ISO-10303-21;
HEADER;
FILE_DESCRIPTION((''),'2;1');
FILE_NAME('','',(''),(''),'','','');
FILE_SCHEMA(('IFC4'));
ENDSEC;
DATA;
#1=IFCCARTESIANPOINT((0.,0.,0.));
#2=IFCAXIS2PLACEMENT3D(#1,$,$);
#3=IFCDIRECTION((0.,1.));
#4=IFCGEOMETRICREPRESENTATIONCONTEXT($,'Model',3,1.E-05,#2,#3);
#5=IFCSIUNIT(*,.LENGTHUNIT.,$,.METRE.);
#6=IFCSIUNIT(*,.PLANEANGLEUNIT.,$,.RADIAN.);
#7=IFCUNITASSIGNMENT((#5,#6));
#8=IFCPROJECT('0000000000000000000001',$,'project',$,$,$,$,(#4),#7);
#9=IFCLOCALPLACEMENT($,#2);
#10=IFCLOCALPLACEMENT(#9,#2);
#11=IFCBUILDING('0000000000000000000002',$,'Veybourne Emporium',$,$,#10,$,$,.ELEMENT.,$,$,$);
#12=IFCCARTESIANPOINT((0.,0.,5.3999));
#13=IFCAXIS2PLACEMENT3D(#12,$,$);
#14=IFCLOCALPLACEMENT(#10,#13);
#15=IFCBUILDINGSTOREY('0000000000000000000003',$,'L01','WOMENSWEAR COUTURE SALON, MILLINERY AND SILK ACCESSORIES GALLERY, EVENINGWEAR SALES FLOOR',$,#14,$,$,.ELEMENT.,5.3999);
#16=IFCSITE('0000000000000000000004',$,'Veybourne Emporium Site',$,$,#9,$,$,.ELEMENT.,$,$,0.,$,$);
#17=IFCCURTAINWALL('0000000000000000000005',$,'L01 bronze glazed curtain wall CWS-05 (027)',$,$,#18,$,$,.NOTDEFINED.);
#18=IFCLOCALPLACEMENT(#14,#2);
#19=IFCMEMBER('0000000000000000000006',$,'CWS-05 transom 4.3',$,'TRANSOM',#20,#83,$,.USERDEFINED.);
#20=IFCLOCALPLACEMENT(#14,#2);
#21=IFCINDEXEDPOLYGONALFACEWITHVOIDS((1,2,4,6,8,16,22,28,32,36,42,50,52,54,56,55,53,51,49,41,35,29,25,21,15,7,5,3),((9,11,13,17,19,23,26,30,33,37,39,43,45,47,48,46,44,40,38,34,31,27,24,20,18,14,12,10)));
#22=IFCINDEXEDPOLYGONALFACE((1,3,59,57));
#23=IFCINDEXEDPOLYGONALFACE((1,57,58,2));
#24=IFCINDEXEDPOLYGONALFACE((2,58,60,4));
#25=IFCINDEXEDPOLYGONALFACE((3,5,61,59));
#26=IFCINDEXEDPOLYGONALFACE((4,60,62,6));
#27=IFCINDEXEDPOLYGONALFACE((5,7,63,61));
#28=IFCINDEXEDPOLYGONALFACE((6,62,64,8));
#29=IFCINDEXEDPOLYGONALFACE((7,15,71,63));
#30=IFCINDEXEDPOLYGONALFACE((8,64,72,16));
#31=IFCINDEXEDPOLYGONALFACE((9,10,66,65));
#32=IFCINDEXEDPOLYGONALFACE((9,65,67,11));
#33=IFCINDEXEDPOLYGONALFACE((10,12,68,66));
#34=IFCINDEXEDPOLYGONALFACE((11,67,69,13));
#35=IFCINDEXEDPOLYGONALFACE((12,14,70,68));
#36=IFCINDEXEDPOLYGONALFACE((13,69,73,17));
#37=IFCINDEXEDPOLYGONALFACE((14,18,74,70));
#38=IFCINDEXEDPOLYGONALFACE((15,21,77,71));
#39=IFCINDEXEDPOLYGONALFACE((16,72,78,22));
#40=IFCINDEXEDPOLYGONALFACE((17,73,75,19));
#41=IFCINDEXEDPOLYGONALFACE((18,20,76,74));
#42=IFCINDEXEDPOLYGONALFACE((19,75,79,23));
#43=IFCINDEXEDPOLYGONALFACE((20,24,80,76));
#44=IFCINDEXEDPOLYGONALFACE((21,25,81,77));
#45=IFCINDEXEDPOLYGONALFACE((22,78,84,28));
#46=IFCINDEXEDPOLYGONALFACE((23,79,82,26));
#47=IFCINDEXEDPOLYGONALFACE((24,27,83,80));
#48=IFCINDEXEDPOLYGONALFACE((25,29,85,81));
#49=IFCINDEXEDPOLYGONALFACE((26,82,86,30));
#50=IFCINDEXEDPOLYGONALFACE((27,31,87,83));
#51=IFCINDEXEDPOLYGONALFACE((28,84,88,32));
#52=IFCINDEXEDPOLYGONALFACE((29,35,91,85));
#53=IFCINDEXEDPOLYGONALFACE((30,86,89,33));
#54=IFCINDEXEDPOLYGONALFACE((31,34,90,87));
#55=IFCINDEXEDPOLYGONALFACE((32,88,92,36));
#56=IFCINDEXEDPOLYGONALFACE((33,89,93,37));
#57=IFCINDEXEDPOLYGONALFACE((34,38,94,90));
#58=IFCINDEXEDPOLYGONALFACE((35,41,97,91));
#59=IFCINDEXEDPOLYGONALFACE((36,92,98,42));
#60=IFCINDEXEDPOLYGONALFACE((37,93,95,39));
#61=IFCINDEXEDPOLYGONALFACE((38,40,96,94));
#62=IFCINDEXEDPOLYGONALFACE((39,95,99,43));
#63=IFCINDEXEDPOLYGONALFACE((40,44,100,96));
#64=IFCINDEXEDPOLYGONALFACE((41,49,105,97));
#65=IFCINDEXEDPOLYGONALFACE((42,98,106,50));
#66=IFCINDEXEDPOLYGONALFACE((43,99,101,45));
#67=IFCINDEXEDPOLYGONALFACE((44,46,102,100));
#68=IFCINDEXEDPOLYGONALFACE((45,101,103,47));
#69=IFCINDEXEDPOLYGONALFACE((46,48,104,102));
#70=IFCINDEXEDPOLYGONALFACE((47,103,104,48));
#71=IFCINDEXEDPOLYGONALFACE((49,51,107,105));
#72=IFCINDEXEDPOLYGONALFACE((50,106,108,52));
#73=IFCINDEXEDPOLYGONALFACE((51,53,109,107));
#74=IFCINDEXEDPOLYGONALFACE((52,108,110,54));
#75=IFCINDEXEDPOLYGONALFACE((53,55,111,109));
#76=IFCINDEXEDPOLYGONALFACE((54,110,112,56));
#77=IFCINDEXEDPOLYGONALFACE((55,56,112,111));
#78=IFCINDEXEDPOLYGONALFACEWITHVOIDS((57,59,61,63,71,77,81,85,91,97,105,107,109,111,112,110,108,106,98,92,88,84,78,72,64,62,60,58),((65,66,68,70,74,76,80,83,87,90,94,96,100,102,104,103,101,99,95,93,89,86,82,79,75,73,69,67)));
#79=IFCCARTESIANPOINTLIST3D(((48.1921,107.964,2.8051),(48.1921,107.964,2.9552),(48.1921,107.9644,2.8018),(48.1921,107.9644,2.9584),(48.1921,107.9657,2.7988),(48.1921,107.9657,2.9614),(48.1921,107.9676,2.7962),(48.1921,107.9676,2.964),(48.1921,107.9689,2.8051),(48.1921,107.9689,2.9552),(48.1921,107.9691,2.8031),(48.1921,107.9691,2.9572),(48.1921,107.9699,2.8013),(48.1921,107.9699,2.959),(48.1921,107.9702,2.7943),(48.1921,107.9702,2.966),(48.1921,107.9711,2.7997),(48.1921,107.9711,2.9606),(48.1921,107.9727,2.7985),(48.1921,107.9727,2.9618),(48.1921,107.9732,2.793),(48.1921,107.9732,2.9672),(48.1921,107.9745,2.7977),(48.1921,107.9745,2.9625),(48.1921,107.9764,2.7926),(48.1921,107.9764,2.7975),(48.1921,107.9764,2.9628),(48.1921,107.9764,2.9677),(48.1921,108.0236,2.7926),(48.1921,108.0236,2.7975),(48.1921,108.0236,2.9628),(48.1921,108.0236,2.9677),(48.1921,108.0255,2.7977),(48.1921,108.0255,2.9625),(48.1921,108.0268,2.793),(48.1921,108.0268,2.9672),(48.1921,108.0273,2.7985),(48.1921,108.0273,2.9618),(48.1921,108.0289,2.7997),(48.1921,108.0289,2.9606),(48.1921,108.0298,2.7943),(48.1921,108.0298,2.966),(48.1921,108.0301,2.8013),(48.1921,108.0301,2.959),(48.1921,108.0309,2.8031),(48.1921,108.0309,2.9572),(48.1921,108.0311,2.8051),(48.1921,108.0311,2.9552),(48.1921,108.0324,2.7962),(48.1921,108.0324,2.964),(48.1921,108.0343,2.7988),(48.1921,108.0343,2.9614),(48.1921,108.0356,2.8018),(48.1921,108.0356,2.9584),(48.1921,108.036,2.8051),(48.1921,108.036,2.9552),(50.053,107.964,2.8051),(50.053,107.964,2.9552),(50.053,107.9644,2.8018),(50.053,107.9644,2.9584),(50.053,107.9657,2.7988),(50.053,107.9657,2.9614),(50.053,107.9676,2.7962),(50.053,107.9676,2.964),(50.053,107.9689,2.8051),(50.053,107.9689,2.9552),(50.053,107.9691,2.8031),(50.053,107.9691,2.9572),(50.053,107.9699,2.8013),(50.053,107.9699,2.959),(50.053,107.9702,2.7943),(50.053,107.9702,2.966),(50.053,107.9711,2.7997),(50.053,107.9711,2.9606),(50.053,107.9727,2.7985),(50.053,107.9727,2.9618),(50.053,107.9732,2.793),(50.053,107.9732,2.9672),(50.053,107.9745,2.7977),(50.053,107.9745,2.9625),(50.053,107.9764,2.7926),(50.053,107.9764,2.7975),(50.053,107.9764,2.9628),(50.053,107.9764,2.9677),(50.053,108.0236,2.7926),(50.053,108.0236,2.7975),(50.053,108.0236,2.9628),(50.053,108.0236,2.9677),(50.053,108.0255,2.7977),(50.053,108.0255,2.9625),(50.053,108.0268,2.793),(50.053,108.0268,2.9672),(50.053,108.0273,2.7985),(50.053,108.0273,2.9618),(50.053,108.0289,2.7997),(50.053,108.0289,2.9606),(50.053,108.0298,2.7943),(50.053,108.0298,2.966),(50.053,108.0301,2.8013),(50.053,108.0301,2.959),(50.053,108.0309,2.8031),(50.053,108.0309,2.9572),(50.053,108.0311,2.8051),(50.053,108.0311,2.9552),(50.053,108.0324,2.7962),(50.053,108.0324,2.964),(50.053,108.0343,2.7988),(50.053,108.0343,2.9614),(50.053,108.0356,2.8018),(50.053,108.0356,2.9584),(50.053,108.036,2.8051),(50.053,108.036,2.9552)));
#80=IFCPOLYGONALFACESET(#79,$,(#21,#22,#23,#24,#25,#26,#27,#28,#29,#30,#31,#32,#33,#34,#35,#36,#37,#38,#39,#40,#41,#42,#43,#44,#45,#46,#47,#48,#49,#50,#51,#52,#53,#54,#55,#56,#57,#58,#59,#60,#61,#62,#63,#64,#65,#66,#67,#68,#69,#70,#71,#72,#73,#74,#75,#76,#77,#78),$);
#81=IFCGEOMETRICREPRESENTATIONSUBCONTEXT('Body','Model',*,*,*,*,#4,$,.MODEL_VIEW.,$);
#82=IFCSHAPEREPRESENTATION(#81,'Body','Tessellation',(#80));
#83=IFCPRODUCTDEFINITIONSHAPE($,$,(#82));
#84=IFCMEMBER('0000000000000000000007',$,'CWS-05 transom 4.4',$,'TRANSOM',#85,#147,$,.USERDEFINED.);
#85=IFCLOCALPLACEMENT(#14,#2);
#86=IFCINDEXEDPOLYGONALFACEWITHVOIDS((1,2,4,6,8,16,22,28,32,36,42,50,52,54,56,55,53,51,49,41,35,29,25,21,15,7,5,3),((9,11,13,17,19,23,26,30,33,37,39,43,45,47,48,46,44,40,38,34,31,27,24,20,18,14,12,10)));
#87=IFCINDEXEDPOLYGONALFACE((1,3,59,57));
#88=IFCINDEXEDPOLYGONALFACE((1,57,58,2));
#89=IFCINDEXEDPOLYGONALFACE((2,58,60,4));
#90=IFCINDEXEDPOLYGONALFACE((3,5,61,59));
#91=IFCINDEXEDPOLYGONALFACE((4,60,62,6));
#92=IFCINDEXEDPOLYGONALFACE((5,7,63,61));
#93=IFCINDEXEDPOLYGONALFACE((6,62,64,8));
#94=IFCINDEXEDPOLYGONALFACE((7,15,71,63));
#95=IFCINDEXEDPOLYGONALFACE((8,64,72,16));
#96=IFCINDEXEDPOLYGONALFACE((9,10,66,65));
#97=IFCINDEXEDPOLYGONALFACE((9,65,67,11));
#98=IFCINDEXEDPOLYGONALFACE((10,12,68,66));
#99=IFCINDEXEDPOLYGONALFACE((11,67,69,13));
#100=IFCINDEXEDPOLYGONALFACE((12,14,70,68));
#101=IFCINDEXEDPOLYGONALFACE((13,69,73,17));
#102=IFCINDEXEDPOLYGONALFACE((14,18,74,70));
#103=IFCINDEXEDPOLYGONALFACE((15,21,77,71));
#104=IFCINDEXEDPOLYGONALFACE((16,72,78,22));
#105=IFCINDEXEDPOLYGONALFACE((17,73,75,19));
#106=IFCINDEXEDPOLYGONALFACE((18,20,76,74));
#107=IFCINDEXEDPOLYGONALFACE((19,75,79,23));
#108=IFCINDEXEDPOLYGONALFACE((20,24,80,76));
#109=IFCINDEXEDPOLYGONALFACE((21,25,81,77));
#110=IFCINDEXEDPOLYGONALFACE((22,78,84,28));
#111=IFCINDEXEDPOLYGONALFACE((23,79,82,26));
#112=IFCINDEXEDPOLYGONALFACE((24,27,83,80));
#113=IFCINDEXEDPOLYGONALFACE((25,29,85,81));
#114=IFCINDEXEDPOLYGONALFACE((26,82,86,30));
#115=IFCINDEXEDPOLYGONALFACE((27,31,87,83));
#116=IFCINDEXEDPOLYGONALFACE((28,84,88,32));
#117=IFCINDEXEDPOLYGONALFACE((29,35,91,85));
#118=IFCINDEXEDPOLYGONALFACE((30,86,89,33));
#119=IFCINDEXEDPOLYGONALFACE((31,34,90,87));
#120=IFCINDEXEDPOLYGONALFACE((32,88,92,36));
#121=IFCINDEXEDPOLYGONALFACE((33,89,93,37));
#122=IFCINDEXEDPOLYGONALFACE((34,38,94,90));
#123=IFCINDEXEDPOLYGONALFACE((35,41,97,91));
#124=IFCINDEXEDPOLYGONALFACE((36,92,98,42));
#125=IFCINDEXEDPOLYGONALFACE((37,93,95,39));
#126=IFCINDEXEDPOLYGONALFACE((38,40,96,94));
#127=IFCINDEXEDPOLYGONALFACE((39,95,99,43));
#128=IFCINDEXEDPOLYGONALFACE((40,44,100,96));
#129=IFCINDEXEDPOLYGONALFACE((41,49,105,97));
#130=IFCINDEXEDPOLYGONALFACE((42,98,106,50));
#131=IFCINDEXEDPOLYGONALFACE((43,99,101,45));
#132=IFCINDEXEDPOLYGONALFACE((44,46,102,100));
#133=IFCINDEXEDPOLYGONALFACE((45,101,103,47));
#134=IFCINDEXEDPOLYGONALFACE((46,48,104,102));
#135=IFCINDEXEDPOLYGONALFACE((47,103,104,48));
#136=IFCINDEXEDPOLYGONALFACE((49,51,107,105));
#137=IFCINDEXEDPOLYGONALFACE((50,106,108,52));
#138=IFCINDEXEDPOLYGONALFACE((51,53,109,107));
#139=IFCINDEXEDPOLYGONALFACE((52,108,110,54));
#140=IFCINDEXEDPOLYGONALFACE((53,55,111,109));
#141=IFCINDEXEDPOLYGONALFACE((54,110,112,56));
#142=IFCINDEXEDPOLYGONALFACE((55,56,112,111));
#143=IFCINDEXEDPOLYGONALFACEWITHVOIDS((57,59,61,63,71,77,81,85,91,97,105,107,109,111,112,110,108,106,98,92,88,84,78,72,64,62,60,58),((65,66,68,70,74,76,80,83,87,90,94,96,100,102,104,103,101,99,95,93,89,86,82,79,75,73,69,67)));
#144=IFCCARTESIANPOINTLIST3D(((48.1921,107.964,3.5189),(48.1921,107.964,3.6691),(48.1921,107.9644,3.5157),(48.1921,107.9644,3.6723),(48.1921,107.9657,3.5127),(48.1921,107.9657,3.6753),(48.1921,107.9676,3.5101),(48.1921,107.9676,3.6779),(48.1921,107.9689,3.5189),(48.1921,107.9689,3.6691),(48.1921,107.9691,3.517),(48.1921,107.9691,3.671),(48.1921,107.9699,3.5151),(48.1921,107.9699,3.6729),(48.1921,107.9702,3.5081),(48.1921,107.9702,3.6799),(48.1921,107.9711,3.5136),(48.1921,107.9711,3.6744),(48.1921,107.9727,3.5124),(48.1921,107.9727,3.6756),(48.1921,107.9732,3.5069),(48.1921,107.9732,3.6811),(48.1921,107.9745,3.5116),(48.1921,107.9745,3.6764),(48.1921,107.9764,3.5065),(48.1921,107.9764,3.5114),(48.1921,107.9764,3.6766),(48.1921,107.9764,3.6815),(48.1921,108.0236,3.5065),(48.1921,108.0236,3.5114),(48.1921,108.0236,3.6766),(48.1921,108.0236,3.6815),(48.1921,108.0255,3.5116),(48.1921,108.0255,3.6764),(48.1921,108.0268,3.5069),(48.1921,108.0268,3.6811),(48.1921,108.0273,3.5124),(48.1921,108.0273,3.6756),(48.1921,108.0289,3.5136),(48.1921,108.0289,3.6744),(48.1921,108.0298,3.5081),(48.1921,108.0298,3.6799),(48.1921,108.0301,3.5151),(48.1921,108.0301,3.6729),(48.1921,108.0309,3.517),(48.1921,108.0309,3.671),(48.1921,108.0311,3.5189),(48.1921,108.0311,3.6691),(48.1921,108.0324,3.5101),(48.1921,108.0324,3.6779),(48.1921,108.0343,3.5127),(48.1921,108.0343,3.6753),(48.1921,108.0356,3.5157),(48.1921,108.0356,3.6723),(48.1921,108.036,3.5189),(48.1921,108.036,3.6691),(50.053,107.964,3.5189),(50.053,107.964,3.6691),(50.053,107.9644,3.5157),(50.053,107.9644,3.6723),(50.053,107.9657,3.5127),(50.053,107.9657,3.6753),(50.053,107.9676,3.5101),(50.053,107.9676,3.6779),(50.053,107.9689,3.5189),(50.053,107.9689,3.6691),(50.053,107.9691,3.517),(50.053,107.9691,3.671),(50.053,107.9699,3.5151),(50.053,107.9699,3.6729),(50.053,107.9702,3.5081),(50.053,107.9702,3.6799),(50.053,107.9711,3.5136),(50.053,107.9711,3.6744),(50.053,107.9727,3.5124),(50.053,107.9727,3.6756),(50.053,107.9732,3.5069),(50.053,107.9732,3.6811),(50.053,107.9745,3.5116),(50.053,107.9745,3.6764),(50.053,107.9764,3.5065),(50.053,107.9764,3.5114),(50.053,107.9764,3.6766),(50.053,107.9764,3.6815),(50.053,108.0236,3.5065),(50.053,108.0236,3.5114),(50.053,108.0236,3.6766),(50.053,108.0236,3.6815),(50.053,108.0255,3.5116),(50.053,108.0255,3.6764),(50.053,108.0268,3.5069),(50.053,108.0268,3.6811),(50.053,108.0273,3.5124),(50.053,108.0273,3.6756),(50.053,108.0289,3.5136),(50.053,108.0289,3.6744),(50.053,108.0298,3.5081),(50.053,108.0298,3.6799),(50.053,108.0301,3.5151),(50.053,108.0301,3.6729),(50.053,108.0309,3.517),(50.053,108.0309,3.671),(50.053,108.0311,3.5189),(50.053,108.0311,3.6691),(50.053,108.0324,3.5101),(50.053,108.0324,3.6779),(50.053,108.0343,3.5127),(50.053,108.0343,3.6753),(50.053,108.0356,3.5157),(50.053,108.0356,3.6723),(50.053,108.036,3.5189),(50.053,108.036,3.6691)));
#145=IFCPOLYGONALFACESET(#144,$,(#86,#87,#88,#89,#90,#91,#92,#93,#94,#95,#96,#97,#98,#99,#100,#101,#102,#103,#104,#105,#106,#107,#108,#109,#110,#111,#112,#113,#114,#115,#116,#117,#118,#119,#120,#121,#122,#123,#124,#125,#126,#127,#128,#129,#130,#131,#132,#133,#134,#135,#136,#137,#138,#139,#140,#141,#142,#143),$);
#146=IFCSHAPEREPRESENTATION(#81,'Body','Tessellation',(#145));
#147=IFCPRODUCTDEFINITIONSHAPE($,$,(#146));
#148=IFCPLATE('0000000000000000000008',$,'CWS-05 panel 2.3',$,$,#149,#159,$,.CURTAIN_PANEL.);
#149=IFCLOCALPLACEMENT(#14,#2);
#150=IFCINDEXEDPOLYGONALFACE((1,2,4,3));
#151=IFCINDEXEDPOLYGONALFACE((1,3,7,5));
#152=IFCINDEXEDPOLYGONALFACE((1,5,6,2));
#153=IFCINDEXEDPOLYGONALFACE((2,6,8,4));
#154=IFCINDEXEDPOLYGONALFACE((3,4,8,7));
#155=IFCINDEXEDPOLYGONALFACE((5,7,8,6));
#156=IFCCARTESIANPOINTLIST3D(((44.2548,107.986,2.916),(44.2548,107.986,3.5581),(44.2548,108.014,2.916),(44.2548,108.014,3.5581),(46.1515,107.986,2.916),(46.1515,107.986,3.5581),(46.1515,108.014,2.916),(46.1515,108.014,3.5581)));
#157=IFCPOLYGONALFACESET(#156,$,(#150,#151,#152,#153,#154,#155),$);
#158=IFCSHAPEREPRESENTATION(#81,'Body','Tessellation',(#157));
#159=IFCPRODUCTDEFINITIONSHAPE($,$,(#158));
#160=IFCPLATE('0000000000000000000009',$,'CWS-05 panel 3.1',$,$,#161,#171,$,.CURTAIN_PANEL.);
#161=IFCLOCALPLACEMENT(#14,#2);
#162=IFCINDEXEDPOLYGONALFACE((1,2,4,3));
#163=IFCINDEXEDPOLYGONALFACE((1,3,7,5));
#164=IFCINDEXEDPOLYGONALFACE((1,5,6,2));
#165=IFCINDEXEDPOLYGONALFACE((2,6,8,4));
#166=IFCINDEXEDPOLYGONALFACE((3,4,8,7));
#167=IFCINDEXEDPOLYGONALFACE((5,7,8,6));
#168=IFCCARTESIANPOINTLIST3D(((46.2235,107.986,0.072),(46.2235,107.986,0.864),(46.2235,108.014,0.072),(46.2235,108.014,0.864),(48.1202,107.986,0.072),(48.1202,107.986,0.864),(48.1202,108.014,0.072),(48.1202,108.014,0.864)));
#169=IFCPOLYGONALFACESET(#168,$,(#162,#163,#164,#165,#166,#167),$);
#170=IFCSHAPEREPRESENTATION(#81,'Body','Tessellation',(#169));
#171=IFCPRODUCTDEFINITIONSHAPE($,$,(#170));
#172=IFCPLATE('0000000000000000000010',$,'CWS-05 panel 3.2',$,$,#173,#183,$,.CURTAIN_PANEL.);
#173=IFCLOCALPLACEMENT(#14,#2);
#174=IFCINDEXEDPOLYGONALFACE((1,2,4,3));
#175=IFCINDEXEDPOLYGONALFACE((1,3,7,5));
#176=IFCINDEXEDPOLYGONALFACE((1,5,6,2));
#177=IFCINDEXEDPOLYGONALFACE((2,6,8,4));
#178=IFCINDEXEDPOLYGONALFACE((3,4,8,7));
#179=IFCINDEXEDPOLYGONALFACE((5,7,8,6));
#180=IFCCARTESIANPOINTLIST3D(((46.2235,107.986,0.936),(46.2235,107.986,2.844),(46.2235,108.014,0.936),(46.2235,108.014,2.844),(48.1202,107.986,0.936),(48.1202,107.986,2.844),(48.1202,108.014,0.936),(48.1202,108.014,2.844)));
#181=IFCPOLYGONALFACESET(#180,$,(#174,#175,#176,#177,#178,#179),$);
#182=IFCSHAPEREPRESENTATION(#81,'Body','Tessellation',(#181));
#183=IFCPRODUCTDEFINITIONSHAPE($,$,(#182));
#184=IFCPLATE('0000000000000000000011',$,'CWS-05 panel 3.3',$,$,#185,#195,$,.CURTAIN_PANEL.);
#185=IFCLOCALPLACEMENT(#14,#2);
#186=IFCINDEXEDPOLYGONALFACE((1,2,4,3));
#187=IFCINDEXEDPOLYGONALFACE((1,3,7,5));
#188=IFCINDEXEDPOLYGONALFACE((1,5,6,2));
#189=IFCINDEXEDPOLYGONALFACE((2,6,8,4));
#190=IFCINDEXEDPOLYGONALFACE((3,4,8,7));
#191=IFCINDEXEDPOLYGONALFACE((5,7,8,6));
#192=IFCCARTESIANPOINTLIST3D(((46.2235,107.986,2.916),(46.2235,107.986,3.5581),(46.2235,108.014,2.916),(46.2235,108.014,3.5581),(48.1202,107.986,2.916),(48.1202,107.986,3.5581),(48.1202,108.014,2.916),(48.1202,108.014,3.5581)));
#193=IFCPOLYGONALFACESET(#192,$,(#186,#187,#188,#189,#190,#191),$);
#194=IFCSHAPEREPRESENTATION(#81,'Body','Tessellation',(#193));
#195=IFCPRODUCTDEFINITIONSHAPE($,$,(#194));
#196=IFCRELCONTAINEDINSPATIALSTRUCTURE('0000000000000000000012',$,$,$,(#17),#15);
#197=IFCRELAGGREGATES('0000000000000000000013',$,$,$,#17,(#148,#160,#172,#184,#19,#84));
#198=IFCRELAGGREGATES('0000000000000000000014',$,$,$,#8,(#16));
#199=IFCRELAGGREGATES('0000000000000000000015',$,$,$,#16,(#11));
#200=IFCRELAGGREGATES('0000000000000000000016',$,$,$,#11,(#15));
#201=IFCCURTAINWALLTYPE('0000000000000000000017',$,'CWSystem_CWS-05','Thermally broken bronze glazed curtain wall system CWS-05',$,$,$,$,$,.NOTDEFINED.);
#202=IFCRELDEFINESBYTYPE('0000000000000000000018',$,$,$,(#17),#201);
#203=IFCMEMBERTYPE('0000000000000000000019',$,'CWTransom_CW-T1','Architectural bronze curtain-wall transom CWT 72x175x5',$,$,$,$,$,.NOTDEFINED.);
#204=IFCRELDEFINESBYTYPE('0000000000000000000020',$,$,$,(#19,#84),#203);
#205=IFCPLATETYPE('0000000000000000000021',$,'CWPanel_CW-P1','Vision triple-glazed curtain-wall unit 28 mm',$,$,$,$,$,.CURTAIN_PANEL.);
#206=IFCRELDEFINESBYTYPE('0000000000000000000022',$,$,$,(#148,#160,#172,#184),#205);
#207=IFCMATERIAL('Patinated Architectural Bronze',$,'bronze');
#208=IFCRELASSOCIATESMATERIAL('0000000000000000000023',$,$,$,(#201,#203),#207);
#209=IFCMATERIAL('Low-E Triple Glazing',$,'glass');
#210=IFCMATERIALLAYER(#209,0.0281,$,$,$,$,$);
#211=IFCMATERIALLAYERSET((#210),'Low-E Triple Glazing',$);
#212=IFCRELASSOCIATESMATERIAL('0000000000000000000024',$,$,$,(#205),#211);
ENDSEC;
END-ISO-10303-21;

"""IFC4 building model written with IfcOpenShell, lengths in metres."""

from ifc_helpers import new_model, si_unit, direction, frame, origin, origin_2d, place, context, subcontext, project, spatial, rectangle, hollow_rectangle, extrude, material, layer, layer_set, material_profile, profile_set, type_object, element, aggregate, save


model = new_model("IFC4")

# Units and contexts
model_context = context("Model", 3, precision=1e-05, world=origin(), true_north=direction((0.0, 1.0)))
body_context = subcontext(model_context, "Body", "Model", "MODEL_VIEW")
ifc_project = project(units=[si_unit("LENGTHUNIT", "METRE"), si_unit("PLANEANGLEUNIT", "RADIAN")], contexts=[model_context])

# Site, building, storey
site_placement = place(None, origin())
site = spatial("IfcSite", under=ifc_project, at=site_placement, Name="Veybourne Emporium Site", CompositionType="ELEMENT", RefElevation=0.0)
building_placement = place(site_placement, origin())
building = spatial("IfcBuilding", under=site, at=building_placement, Name="Veybourne Emporium", CompositionType="ELEMENT")
storey_placement = place(building_placement, frame((0.0, 0.0, 5.3999)))
storey = spatial("IfcBuildingStorey", under=building, at=storey_placement, Name="L01", Description="WOMENSWEAR COUTURE SALON, MILLINERY AND SILK ACCESSORIES GALLERY, EVENINGWEAR SALES FLOOR", CompositionType="ELEMENT", Elevation=5.3999)

# Curtain wall, members, plates
ifc_material_1 = material(Name="Patinated Architectural Bronze", Category="bronze")
curtain_wall_type = type_object("IfcCurtainWallType", Name="CWSystem_CWS-05", Description="Thermally broken bronze glazed curtain wall system CWS-05", PredefinedType="NOTDEFINED", material=ifc_material_1)
curtain_wall_placement = place(storey_placement, origin())
curtain_wall = element("IfcCurtainWall", 1, at=curtain_wall_placement, inside=storey, type_object=curtain_wall_type, Name="L01 bronze glazed curtain wall CWS-05 (027)", PredefinedType="NOTDEFINED")
ifc_material_profile_1 = material_profile(ifc_material_1, hollow_rectangle(XDim=0.072, YDim=0.175, WallThickness=0.0049, InnerFilletRadius=0.0076, OuterFilletRadius=0.0125, at=origin_2d()), Name="CWT 72x175x5")
ifc_profile_set_1 = profile_set([ifc_material_profile_1], Name="Patinated Architectural Bronze")
member_type_1 = type_object("IfcMemberType", Name="CWTransom_CW-T1", Description="Architectural bronze curtain-wall transom CWT 72x175x5", PredefinedType="NOTDEFINED", material=ifc_profile_set_1)
member_1_placement = place(storey_placement, frame((48.1921, 108.0, 2.8801), z_axis=(1.0, 0.0, 0.0), x_axis=(0.0, 1.0, 0.0)))
member_1 = element("IfcMember", 2, at=member_1_placement, type_object=member_type_1, Name="CWS-05 transom 4.3", ObjectType="TRANSOM", PredefinedType="USERDEFINED", context=body_context, shape_type="SweptSolid", body=[
    extrude(hollow_rectangle(XDim=0.072, YDim=0.175, WallThickness=0.0049, InnerFilletRadius=0.0076, OuterFilletRadius=0.0125, at=origin_2d()), origin(), (0.0, 0.0, 1.0), 1.8608),
])
member_2_placement = place(storey_placement, frame((48.1921, 108.0, 3.594), z_axis=(1.0, 0.0, 0.0), x_axis=(0.0, 1.0, 0.0)))
member_2 = element("IfcMember", 3, at=member_2_placement, type_object=member_type_1, Name="CWS-05 transom 4.4", ObjectType="TRANSOM", PredefinedType="USERDEFINED", context=body_context, shape_type="SweptSolid", body=[
    extrude(hollow_rectangle(XDim=0.072, YDim=0.175, WallThickness=0.0049, InnerFilletRadius=0.0076, OuterFilletRadius=0.0125, at=origin_2d()), origin(), (0.0, 0.0, 1.0), 1.8608),
])
ifc_material_2 = material(Name="Low-E Triple Glazing", Category="glass")
ifc_layer_1 = layer(ifc_material_2, 0.0281)
ifc_layer_set_1 = layer_set([ifc_layer_1], Name="Low-E Triple Glazing")
plate_type = type_object("IfcPlateType", Name="CWPanel_CW-P1", Description="Vision triple-glazed curtain-wall unit 28 mm", PredefinedType="CURTAIN_PANEL", material=ifc_layer_set_1)
plate_1_placement = place(storey_placement, frame((45.2031, 108.0, 2.916), z_axis=(0.0, 0.0, 1.0), x_axis=(1.0, 0.0, 0.0)))
plate_1 = element("IfcPlate", 4, at=plate_1_placement, type_object=plate_type, Name="CWS-05 panel 2.3", PredefinedType="CURTAIN_PANEL", context=body_context, shape_type="SweptSolid", body=[
    extrude(rectangle(XDim=1.8967, YDim=0.0281, at=origin_2d()), origin(), (0.0, 0.0, 1.0), 0.6421),
])
plate_2_placement = place(storey_placement, frame((47.1719, 108.0, 0.072), z_axis=(0.0, 0.0, 1.0), x_axis=(1.0, 0.0, 0.0)))
plate_2 = element("IfcPlate", 5, at=plate_2_placement, type_object=plate_type, Name="CWS-05 panel 3.1", PredefinedType="CURTAIN_PANEL", context=body_context, shape_type="SweptSolid", body=[
    extrude(rectangle(XDim=1.8967, YDim=0.0281, at=origin_2d()), origin(), (0.0, 0.0, 1.0), 0.792),
])
plate_3_placement = place(storey_placement, frame((47.1719, 108.0, 0.936), z_axis=(0.0, 0.0, 1.0), x_axis=(1.0, 0.0, 0.0)))
plate_3 = element("IfcPlate", 6, at=plate_3_placement, type_object=plate_type, Name="CWS-05 panel 3.2", PredefinedType="CURTAIN_PANEL", context=body_context, shape_type="SweptSolid", body=[
    extrude(rectangle(XDim=1.8967, YDim=0.0281, at=origin_2d()), origin(), (0.0, 0.0, 1.0), 1.908),
])
plate_4_placement = place(storey_placement, frame((47.1719, 108.0, 2.916), z_axis=(0.0, 0.0, 1.0), x_axis=(1.0, 0.0, 0.0)))
plate_4 = element("IfcPlate", 7, at=plate_4_placement, type_object=plate_type, Name="CWS-05 panel 3.3", PredefinedType="CURTAIN_PANEL", context=body_context, shape_type="SweptSolid", body=[
    extrude(rectangle(XDim=1.8967, YDim=0.0281, at=origin_2d()), origin(), (0.0, 0.0, 1.0), 0.6421),
])
aggregate(curtain_wall, [plate_1, plate_2, plate_3, plate_4, member_1, member_2])

save(model, "model.ifc")
